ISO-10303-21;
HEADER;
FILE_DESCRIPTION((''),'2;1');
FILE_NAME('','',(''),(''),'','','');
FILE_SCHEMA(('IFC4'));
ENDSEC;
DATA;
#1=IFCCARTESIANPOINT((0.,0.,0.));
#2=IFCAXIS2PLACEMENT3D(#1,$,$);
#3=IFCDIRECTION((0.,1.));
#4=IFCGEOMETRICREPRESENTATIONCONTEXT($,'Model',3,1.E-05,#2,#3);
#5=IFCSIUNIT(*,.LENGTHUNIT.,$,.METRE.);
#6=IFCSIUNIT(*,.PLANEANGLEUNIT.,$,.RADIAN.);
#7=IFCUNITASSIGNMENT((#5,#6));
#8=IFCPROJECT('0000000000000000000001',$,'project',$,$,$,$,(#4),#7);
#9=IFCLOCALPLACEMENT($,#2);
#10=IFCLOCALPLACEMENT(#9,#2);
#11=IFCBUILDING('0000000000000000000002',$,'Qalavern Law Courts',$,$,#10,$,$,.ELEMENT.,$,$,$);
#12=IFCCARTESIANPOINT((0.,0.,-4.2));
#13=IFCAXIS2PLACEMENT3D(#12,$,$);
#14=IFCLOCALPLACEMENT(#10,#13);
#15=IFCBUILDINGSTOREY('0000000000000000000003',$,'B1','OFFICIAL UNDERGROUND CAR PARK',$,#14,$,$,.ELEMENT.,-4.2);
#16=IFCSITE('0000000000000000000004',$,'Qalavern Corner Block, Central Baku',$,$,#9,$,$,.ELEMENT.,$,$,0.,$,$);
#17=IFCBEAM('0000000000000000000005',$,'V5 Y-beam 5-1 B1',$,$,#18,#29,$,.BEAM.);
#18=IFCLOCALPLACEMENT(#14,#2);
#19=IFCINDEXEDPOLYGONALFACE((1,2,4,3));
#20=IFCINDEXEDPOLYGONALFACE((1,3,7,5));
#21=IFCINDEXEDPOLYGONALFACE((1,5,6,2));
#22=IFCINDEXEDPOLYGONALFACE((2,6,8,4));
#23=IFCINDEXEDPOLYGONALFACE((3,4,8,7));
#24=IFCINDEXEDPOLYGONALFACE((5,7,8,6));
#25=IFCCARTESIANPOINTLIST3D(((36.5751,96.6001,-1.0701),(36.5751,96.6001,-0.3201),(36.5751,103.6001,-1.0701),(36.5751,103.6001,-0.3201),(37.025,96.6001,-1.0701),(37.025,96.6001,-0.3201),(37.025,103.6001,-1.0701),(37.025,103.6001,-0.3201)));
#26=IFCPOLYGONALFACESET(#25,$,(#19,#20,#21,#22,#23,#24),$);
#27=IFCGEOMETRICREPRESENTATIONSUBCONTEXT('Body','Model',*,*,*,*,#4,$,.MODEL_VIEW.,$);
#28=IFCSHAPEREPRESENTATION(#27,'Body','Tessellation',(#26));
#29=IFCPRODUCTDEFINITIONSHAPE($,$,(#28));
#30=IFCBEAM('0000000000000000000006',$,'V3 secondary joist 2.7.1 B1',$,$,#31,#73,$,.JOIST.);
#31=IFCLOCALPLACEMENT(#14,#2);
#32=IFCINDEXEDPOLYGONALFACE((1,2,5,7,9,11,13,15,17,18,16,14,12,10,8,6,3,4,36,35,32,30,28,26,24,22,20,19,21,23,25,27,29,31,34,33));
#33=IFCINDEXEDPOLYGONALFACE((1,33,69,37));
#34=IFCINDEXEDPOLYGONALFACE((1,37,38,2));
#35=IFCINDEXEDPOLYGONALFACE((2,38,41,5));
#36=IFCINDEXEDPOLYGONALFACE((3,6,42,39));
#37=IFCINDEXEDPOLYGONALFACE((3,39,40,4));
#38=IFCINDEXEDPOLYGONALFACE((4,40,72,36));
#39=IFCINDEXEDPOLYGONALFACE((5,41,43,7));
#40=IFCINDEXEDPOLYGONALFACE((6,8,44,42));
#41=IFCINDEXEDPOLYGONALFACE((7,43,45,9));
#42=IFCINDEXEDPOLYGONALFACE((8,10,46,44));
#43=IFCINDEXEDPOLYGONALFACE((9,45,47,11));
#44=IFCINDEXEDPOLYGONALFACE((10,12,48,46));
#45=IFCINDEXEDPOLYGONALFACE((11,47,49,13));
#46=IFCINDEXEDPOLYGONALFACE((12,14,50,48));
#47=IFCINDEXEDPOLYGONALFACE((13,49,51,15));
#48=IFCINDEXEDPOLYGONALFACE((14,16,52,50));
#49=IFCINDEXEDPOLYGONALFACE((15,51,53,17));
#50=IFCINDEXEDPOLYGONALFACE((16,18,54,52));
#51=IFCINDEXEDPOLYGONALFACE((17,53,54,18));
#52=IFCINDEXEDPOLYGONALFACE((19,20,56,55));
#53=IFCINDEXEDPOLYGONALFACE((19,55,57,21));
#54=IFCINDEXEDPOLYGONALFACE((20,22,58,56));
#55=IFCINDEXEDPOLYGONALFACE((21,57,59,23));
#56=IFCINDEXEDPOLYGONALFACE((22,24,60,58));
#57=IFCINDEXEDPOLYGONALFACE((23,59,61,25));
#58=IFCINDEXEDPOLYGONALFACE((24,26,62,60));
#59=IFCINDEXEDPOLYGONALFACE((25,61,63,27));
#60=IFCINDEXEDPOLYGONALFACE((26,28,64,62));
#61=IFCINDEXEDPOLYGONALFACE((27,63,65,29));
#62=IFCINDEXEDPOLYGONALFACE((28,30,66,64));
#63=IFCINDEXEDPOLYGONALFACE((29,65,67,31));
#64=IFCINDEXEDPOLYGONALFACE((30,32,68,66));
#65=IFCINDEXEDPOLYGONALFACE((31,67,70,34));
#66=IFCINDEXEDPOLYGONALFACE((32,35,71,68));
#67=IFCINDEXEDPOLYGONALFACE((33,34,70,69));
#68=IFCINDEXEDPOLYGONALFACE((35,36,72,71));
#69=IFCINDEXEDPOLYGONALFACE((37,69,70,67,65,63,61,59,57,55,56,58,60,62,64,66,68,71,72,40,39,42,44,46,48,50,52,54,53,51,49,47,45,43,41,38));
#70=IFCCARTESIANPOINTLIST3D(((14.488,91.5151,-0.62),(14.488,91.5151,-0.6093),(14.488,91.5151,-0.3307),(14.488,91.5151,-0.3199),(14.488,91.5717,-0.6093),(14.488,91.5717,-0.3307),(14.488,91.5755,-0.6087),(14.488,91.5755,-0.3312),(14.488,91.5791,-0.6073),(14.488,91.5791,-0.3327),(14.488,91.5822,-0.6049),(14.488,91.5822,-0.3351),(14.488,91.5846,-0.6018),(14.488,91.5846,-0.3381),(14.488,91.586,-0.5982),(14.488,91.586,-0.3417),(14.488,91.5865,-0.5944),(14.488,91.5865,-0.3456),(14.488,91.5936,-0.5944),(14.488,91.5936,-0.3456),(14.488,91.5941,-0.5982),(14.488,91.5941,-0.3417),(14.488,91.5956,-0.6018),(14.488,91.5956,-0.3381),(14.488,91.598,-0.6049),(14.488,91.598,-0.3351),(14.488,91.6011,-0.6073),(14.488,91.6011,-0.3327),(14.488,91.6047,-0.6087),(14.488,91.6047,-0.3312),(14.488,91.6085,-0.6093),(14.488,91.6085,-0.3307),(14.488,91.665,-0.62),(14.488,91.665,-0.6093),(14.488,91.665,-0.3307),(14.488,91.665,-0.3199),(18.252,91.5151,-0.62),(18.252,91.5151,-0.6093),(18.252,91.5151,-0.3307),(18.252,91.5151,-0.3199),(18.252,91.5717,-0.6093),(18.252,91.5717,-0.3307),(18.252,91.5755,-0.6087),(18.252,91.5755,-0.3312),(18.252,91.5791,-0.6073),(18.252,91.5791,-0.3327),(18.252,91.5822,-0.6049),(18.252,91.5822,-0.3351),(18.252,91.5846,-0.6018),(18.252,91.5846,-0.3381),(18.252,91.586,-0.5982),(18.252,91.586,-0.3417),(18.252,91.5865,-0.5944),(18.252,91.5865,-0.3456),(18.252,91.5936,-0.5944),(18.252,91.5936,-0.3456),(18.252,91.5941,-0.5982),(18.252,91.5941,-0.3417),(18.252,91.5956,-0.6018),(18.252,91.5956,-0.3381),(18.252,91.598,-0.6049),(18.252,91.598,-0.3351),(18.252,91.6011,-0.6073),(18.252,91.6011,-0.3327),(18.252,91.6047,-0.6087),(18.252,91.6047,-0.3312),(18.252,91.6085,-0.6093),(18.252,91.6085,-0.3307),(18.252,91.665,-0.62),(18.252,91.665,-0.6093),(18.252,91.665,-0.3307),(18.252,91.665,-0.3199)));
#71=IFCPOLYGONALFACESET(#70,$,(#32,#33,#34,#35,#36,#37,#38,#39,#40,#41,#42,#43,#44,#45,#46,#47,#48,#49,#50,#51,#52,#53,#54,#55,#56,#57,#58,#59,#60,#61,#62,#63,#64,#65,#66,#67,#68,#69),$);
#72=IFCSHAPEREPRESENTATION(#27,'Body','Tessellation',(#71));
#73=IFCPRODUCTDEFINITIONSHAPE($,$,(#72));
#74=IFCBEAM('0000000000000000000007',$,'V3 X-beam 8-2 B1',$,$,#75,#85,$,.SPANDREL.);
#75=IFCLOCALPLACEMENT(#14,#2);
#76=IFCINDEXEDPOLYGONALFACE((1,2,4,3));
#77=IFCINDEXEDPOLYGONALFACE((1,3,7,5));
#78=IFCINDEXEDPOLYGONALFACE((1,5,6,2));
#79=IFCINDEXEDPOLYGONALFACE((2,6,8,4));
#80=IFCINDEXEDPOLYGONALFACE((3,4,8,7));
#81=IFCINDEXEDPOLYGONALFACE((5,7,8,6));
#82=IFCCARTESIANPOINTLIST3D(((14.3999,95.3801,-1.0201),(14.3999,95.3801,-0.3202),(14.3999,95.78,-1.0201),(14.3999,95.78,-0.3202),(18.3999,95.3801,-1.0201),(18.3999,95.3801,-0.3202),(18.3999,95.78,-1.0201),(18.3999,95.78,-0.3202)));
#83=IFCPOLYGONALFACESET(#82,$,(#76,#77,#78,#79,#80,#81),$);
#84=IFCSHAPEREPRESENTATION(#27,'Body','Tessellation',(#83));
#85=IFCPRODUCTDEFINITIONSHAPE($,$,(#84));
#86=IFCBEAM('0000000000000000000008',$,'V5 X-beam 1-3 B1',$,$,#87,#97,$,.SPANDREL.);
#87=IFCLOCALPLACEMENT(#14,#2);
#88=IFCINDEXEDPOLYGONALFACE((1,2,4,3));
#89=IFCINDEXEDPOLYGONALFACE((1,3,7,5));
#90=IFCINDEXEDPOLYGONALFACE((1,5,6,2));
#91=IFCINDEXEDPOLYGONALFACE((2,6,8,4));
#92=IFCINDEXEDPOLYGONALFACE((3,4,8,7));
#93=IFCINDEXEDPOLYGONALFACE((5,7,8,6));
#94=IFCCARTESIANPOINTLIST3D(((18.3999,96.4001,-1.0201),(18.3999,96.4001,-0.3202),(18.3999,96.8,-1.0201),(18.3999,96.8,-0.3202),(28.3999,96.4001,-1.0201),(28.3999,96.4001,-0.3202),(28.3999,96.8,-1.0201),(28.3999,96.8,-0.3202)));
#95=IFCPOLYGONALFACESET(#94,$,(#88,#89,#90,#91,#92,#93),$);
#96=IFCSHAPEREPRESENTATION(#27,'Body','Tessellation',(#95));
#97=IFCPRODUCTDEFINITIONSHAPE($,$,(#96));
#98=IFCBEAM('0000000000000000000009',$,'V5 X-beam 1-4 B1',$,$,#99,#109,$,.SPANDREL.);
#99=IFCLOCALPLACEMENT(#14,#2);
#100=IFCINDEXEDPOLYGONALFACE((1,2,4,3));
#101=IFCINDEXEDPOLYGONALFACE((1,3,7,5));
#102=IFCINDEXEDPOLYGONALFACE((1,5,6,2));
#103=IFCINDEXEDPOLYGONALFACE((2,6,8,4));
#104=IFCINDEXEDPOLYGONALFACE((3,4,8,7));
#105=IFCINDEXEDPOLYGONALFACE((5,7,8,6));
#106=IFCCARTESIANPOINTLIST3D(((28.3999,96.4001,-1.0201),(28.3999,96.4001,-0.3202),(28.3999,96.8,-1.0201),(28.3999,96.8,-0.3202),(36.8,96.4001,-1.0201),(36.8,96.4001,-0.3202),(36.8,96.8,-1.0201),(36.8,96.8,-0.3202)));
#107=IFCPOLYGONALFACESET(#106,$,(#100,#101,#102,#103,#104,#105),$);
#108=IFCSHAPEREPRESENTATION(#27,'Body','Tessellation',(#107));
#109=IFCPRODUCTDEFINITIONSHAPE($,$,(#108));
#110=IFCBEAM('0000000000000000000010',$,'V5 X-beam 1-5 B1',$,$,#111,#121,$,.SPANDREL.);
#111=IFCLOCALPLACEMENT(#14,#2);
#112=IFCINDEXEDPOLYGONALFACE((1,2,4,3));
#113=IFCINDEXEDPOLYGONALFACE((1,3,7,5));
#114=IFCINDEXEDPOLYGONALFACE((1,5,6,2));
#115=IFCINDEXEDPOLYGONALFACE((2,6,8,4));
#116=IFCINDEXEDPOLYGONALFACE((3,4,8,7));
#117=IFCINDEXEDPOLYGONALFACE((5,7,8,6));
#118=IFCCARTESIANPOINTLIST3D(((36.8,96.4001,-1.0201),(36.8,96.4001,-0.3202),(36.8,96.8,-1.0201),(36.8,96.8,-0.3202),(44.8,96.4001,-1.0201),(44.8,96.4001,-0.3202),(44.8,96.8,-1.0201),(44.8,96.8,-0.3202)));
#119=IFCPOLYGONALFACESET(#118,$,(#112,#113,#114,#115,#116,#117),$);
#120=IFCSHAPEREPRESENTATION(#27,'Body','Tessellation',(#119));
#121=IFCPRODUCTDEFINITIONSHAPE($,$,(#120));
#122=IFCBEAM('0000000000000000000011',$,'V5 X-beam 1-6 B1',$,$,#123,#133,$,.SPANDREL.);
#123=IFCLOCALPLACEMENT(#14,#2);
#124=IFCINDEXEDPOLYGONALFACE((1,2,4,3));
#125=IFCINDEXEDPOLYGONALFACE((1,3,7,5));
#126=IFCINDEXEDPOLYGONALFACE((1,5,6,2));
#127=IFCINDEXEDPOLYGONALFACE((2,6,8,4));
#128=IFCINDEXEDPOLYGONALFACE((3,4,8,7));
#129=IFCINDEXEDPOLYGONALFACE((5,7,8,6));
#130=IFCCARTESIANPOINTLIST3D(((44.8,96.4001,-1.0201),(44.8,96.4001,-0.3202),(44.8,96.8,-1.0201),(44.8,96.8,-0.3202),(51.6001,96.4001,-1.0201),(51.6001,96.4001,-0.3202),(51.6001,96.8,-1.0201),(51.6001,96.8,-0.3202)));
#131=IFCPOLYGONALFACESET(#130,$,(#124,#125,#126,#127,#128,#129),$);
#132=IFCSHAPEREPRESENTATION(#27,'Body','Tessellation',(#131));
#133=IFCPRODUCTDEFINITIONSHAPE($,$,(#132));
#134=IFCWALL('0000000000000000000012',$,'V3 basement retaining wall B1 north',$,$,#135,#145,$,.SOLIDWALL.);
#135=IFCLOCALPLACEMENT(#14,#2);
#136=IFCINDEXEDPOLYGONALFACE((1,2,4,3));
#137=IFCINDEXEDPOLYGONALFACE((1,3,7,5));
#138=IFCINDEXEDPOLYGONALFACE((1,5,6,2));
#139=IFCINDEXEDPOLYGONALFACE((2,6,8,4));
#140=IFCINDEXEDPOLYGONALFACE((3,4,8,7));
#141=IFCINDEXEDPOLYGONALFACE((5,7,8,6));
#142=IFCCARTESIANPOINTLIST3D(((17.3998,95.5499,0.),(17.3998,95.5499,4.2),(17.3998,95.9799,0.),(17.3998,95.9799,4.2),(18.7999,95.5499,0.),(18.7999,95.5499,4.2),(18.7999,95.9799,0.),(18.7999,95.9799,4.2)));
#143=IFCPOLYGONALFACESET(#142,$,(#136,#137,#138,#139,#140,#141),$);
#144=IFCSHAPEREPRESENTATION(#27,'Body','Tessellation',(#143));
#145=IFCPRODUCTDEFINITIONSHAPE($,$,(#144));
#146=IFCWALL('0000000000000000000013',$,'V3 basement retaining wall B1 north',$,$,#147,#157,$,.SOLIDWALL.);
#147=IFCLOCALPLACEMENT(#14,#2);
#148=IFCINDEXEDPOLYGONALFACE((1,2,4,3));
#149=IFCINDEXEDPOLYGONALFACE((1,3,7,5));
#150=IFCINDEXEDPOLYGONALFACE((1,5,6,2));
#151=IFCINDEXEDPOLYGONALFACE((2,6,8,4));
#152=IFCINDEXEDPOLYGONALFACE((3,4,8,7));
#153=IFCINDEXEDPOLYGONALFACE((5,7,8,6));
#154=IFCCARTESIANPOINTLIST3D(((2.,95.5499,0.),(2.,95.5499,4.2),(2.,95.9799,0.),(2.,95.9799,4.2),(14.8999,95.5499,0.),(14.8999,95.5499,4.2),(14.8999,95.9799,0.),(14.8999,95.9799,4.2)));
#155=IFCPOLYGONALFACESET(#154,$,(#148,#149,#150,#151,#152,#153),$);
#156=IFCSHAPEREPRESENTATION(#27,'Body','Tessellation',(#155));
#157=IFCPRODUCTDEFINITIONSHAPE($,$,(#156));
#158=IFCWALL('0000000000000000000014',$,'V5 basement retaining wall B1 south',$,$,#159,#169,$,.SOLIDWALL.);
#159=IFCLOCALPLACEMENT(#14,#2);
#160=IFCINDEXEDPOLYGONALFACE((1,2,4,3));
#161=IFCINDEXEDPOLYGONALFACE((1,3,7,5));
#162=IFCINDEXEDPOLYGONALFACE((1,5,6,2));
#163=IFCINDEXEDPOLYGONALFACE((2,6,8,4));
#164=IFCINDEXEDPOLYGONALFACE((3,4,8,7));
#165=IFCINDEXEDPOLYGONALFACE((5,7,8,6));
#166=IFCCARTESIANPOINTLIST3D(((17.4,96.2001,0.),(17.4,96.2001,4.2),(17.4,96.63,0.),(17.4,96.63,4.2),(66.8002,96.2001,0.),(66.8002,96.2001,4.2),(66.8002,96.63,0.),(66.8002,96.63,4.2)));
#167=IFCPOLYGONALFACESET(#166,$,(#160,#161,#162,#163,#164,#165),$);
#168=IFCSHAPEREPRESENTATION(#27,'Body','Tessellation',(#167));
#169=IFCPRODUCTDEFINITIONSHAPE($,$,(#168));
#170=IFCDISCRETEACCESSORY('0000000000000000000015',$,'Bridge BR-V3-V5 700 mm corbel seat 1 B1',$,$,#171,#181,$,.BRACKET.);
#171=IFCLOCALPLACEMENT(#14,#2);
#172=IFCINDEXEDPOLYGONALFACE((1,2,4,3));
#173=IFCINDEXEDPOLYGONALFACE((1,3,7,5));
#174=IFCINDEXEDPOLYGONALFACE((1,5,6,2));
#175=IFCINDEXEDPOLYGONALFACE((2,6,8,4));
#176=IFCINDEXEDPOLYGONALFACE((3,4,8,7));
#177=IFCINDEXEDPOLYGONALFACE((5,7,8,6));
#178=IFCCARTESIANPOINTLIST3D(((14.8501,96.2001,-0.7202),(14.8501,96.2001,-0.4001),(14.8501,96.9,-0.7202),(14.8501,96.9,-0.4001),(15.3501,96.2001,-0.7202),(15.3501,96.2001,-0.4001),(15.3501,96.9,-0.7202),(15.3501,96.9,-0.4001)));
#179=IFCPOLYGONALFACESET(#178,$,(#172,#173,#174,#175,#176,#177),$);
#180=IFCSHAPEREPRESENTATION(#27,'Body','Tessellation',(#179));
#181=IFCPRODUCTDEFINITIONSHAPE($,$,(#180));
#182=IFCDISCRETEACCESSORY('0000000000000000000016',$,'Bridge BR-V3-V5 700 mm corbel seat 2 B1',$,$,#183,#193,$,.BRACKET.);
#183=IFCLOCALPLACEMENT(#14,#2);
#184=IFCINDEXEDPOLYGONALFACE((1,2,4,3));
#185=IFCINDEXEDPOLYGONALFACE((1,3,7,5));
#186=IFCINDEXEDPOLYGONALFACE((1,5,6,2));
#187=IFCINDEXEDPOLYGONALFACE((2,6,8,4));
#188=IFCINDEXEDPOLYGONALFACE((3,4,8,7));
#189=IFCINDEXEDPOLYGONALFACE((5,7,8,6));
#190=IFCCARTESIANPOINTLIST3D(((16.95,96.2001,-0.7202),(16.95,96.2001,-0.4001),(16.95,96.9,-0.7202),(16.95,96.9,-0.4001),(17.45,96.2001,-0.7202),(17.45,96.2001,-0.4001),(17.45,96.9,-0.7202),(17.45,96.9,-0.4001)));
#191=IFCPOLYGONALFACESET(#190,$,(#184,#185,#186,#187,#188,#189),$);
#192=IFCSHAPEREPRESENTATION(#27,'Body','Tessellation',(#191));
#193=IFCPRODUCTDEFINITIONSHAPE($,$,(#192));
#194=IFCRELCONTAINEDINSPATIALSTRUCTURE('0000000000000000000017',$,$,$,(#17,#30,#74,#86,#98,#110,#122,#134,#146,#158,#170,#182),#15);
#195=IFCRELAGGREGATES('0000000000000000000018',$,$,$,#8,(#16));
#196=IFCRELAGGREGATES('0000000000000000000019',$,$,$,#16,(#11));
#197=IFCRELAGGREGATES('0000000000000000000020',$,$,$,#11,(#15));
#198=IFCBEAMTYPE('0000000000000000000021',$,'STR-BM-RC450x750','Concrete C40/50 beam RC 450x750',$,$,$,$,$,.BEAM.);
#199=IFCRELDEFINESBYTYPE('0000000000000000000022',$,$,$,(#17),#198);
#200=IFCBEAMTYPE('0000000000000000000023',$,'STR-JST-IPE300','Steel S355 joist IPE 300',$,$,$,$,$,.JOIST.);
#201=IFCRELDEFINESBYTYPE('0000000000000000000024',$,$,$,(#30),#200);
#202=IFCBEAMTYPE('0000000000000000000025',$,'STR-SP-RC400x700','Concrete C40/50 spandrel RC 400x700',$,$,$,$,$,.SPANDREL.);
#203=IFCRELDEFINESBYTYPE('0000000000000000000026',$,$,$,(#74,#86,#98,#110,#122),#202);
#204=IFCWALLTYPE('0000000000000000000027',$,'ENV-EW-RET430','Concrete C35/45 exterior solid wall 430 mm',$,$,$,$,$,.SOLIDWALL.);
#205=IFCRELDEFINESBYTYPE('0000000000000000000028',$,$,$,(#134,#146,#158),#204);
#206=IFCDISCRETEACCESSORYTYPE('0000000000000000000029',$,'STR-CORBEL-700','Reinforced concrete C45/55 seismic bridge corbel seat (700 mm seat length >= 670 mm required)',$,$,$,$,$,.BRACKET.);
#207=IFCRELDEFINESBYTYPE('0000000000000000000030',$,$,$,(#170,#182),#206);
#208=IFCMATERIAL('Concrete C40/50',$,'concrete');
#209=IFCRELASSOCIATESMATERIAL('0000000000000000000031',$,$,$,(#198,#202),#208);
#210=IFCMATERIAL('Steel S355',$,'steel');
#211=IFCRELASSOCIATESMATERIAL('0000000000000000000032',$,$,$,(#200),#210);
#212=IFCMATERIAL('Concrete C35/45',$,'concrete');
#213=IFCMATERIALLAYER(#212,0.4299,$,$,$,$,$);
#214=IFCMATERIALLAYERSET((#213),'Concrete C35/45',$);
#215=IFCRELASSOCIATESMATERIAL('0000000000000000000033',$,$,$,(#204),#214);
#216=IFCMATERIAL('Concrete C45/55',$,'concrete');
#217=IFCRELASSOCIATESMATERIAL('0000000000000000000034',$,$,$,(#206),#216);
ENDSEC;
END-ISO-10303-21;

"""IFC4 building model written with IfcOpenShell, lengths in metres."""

from ifc_helpers import new_model, si_unit, direction, frame, frame_2d, origin, origin_2d, place, context, subcontext, project, spatial, rectangle, i_section, extrude, material, layer, layer_set, material_profile, profile_set, type_object, element, save


model = new_model("IFC4")

# Units and contexts
model_context = context("Model", 3, precision=1e-05, world=origin(), true_north=direction((0.0, 1.0)))
body_context = subcontext(model_context, "Body", "Model", "MODEL_VIEW")
ifc_project = project(units=[si_unit("LENGTHUNIT", "METRE"), si_unit("PLANEANGLEUNIT", "RADIAN")], contexts=[model_context])

# Site, building, storey
site_placement = place(None, origin())
site = spatial("IfcSite", under=ifc_project, at=site_placement, Name="Qalavern Corner Block, Central Baku", CompositionType="ELEMENT", RefElevation=0.0)
building_placement = place(site_placement, origin())
building = spatial("IfcBuilding", under=site, at=building_placement, Name="Qalavern Law Courts", CompositionType="ELEMENT")
storey_placement = place(building_placement, frame((0.0, 0.0, -4.2)))
storey = spatial("IfcBuildingStorey", under=building, at=storey_placement, Name="B1", Description="OFFICIAL UNDERGROUND CAR PARK", CompositionType="ELEMENT", Elevation=-4.2)

# Shared definitions
ifc_material_1 = material(Name="Concrete C45/55", Category="concrete")

# Beams
ifc_material_2 = material(Name="Steel S355", Category="steel")
ifc_material_3 = material(Name="Concrete C35/45", Category="concrete")
ifc_material_4 = material(Name="Concrete C40/50", Category="concrete")
ifc_material_profile_1 = material_profile(ifc_material_4, rectangle(XDim=0.45, YDim=0.75, at=origin_2d()), Name="RC 450x750")
ifc_profile_set_1 = profile_set([ifc_material_profile_1], Name="Concrete C40/50")
beam_type_1 = type_object("IfcBeamType", Name="STR-BM-RC450x750", Description="Concrete C40/50 beam RC 450x750", PredefinedType="BEAM", material=ifc_profile_set_1)
beam_1_placement = place(storey_placement, frame((36.8, 96.6001, -0.6951), z_axis=(0.0, 1.0, 0.0), x_axis=(-1.0, 0.0, 0.0)))
element("IfcBeam", 1, at=beam_1_placement, inside=storey, type_object=beam_type_1, Name="V5 Y-beam 5-1 B1", PredefinedType="BEAM", context=body_context, shape_type="SweptSolid", body=[
    extrude(rectangle(XDim=0.45, YDim=0.75, at=origin_2d()), origin(), (0.0, 0.0, 1.0), 7.0),
])
ifc_material_profile_2 = material_profile(ifc_material_2, i_section(OverallWidth=0.1499, OverallDepth=0.3, WebThickness=0.0071, FlangeThickness=0.0107, FilletRadius=0.0149, at=origin_2d()), Name="IPE 300")
ifc_profile_set_2 = profile_set([ifc_material_profile_2], Name="Steel S355")
beam_type_2 = type_object("IfcBeamType", Name="STR-JST-IPE300", Description="Steel S355 joist IPE 300", PredefinedType="JOIST", material=ifc_profile_set_2)
beam_2_placement = place(storey_placement, frame((14.488, 91.5901, -0.47), z_axis=(1.0, 0.0, 0.0), x_axis=(0.0, 1.0, 0.0)))
element("IfcBeam", 2, at=beam_2_placement, inside=storey, type_object=beam_type_2, Name="V3 secondary joist 2.7.1 B1", PredefinedType="JOIST", context=body_context, shape_type="SweptSolid", body=[
    extrude(i_section(OverallWidth=0.1499, OverallDepth=0.3, WebThickness=0.0071, FlangeThickness=0.0107, FilletRadius=0.0149, at=origin_2d()), origin(), (0.0, 0.0, 1.0), 3.7639),
])
ifc_material_profile_3 = material_profile(ifc_material_4, rectangle(XDim=0.3999, YDim=0.7, at=origin_2d()), Name="RC 400x700")
ifc_profile_set_3 = profile_set([ifc_material_profile_3], Name="Concrete C40/50")
beam_type_3 = type_object("IfcBeamType", Name="STR-SP-RC400x700", Description="Concrete C40/50 spandrel RC 400x700", PredefinedType="SPANDREL", material=ifc_profile_set_3)
beam_3_placement = place(storey_placement, frame((14.3999, 95.5801, -0.6702), z_axis=(1.0, 0.0, 0.0), x_axis=(0.0, 1.0, 0.0)))
element("IfcBeam", 3, at=beam_3_placement, inside=storey, type_object=beam_type_3, Name="V3 X-beam 8-2 B1", PredefinedType="SPANDREL", context=body_context, shape_type="SweptSolid", body=[
    extrude(rectangle(XDim=0.3999, YDim=0.7, at=origin_2d()), origin(), (0.0, 0.0, 1.0), 4.0),
])
beam_4_placement = place(storey_placement, frame((18.3999, 96.6001, -0.6702), z_axis=(1.0, 0.0, 0.0), x_axis=(0.0, 1.0, 0.0)))
element("IfcBeam", 4, at=beam_4_placement, inside=storey, type_object=beam_type_3, Name="V5 X-beam 1-3 B1", PredefinedType="SPANDREL", context=body_context, shape_type="SweptSolid", body=[
    extrude(rectangle(XDim=0.3999, YDim=0.7, at=origin_2d()), origin(), (0.0, 0.0, 1.0), 10.0),
])
beam_5_placement = place(storey_placement, frame((28.3999, 96.6001, -0.6702), z_axis=(1.0, 0.0, 0.0), x_axis=(0.0, 1.0, 0.0)))
element("IfcBeam", 5, at=beam_5_placement, inside=storey, type_object=beam_type_3, Name="V5 X-beam 1-4 B1", PredefinedType="SPANDREL", context=body_context, shape_type="SweptSolid", body=[
    extrude(rectangle(XDim=0.3999, YDim=0.7, at=origin_2d()), origin(), (0.0, 0.0, 1.0), 8.4001),
])
beam_6_placement = place(storey_placement, frame((36.8, 96.6001, -0.6702), z_axis=(1.0, 0.0, 0.0), x_axis=(0.0, 1.0, 0.0)))
element("IfcBeam", 6, at=beam_6_placement, inside=storey, type_object=beam_type_3, Name="V5 X-beam 1-5 B1", PredefinedType="SPANDREL", context=body_context, shape_type="SweptSolid", body=[
    extrude(rectangle(XDim=0.3999, YDim=0.7, at=origin_2d()), origin(), (0.0, 0.0, 1.0), 8.0),
])
beam_7_placement = place(storey_placement, frame((44.8, 96.6001, -0.6702), z_axis=(1.0, 0.0, 0.0), x_axis=(0.0, 1.0, 0.0)))
element("IfcBeam", 7, at=beam_7_placement, inside=storey, type_object=beam_type_3, Name="V5 X-beam 1-6 B1", PredefinedType="SPANDREL", context=body_context, shape_type="SweptSolid", body=[
    extrude(rectangle(XDim=0.3999, YDim=0.7, at=origin_2d()), origin(), (0.0, 0.0, 1.0), 6.8),
])

# Walls
ifc_layer = layer(ifc_material_3, 0.4299)
ifc_layer_set = layer_set([ifc_layer], Name="Concrete C35/45")
wall_type = type_object("IfcWallType", Name="ENV-EW-RET430", Description="Concrete C35/45 exterior solid wall 430 mm", PredefinedType="SOLIDWALL", material=ifc_layer_set)
wall_1_placement = place(storey_placement, frame((18.8, 95.7649, 0.0), z_axis=(0.0, 0.0, 1.0), x_axis=(-1.0, 0.0, 0.0)))
element("IfcWall", 8, at=wall_1_placement, inside=storey, type_object=wall_type, Name="V3 basement retaining wall B1 north", PredefinedType="SOLIDWALL", context=body_context, shape_type="SweptSolid", body=[
    extrude(rectangle(XDim=1.4001, YDim=0.4299, at=frame_2d((0.7002, 0.0))), origin(), (0.0, 0.0, 1.0), 4.2),
])
wall_2_placement = place(storey_placement, frame((14.8999, 95.7649, 0.0), z_axis=(0.0, 0.0, 1.0), x_axis=(-1.0, 0.0, 0.0)))
element("IfcWall", 9, at=wall_2_placement, inside=storey, type_object=wall_type, Name="V3 basement retaining wall B1 north", PredefinedType="SOLIDWALL", context=body_context, shape_type="SweptSolid", body=[
    extrude(rectangle(XDim=12.8999, YDim=0.4299, at=frame_2d((6.45, 0.0))), origin(), (0.0, 0.0, 1.0), 4.2),
])
wall_3_placement = place(storey_placement, frame((17.3999, 96.415, 0.0), z_axis=(0.0, 0.0, 1.0), x_axis=(1.0, 0.0, 0.0)))
element("IfcWall", 10, at=wall_3_placement, inside=storey, type_object=wall_type, Name="V5 basement retaining wall B1 south", PredefinedType="SOLIDWALL", context=body_context, shape_type="SweptSolid", body=[
    extrude(rectangle(XDim=49.4001, YDim=0.4299, at=frame_2d((24.7002, 0.0))), origin(), (0.0, 0.0, 1.0), 4.2),
])

# Discrete accessories
discrete_accessory_type_1 = type_object("IfcDiscreteAccessoryType", Name="STR-CORBEL-700", Description="Reinforced concrete C45/55 seismic bridge corbel seat (700 mm seat length >= 670 mm required)", PredefinedType="BRACKET", material=ifc_material_1)
for number, where, z_axis, x_axis, name in (
    (11, (15.1001, 96.55, -0.7202), (0.0, 0.0, 1.0), (1.0, 0.0, 0.0), "Bridge BR-V3-V5 700 mm corbel seat 1 B1"),
    (12, (17.2, 96.55, -0.7202), (0.0, 0.0, 1.0), (1.0, 0.0, 0.0), "Bridge BR-V3-V5 700 mm corbel seat 2 B1"),
):
    element("IfcDiscreteAccessory", number, at=place(storey_placement, frame(where, z_axis=z_axis, x_axis=x_axis)), inside=storey, type_object=discrete_accessory_type_1, Name=name, PredefinedType="BRACKET", context=body_context, shape_type="SweptSolid", body=[
        extrude(rectangle(XDim=0.5, YDim=0.7, at=origin_2d()), origin(), (0.0, 0.0, 1.0), 0.3201),
    ])

save(model, "model.ifc")
